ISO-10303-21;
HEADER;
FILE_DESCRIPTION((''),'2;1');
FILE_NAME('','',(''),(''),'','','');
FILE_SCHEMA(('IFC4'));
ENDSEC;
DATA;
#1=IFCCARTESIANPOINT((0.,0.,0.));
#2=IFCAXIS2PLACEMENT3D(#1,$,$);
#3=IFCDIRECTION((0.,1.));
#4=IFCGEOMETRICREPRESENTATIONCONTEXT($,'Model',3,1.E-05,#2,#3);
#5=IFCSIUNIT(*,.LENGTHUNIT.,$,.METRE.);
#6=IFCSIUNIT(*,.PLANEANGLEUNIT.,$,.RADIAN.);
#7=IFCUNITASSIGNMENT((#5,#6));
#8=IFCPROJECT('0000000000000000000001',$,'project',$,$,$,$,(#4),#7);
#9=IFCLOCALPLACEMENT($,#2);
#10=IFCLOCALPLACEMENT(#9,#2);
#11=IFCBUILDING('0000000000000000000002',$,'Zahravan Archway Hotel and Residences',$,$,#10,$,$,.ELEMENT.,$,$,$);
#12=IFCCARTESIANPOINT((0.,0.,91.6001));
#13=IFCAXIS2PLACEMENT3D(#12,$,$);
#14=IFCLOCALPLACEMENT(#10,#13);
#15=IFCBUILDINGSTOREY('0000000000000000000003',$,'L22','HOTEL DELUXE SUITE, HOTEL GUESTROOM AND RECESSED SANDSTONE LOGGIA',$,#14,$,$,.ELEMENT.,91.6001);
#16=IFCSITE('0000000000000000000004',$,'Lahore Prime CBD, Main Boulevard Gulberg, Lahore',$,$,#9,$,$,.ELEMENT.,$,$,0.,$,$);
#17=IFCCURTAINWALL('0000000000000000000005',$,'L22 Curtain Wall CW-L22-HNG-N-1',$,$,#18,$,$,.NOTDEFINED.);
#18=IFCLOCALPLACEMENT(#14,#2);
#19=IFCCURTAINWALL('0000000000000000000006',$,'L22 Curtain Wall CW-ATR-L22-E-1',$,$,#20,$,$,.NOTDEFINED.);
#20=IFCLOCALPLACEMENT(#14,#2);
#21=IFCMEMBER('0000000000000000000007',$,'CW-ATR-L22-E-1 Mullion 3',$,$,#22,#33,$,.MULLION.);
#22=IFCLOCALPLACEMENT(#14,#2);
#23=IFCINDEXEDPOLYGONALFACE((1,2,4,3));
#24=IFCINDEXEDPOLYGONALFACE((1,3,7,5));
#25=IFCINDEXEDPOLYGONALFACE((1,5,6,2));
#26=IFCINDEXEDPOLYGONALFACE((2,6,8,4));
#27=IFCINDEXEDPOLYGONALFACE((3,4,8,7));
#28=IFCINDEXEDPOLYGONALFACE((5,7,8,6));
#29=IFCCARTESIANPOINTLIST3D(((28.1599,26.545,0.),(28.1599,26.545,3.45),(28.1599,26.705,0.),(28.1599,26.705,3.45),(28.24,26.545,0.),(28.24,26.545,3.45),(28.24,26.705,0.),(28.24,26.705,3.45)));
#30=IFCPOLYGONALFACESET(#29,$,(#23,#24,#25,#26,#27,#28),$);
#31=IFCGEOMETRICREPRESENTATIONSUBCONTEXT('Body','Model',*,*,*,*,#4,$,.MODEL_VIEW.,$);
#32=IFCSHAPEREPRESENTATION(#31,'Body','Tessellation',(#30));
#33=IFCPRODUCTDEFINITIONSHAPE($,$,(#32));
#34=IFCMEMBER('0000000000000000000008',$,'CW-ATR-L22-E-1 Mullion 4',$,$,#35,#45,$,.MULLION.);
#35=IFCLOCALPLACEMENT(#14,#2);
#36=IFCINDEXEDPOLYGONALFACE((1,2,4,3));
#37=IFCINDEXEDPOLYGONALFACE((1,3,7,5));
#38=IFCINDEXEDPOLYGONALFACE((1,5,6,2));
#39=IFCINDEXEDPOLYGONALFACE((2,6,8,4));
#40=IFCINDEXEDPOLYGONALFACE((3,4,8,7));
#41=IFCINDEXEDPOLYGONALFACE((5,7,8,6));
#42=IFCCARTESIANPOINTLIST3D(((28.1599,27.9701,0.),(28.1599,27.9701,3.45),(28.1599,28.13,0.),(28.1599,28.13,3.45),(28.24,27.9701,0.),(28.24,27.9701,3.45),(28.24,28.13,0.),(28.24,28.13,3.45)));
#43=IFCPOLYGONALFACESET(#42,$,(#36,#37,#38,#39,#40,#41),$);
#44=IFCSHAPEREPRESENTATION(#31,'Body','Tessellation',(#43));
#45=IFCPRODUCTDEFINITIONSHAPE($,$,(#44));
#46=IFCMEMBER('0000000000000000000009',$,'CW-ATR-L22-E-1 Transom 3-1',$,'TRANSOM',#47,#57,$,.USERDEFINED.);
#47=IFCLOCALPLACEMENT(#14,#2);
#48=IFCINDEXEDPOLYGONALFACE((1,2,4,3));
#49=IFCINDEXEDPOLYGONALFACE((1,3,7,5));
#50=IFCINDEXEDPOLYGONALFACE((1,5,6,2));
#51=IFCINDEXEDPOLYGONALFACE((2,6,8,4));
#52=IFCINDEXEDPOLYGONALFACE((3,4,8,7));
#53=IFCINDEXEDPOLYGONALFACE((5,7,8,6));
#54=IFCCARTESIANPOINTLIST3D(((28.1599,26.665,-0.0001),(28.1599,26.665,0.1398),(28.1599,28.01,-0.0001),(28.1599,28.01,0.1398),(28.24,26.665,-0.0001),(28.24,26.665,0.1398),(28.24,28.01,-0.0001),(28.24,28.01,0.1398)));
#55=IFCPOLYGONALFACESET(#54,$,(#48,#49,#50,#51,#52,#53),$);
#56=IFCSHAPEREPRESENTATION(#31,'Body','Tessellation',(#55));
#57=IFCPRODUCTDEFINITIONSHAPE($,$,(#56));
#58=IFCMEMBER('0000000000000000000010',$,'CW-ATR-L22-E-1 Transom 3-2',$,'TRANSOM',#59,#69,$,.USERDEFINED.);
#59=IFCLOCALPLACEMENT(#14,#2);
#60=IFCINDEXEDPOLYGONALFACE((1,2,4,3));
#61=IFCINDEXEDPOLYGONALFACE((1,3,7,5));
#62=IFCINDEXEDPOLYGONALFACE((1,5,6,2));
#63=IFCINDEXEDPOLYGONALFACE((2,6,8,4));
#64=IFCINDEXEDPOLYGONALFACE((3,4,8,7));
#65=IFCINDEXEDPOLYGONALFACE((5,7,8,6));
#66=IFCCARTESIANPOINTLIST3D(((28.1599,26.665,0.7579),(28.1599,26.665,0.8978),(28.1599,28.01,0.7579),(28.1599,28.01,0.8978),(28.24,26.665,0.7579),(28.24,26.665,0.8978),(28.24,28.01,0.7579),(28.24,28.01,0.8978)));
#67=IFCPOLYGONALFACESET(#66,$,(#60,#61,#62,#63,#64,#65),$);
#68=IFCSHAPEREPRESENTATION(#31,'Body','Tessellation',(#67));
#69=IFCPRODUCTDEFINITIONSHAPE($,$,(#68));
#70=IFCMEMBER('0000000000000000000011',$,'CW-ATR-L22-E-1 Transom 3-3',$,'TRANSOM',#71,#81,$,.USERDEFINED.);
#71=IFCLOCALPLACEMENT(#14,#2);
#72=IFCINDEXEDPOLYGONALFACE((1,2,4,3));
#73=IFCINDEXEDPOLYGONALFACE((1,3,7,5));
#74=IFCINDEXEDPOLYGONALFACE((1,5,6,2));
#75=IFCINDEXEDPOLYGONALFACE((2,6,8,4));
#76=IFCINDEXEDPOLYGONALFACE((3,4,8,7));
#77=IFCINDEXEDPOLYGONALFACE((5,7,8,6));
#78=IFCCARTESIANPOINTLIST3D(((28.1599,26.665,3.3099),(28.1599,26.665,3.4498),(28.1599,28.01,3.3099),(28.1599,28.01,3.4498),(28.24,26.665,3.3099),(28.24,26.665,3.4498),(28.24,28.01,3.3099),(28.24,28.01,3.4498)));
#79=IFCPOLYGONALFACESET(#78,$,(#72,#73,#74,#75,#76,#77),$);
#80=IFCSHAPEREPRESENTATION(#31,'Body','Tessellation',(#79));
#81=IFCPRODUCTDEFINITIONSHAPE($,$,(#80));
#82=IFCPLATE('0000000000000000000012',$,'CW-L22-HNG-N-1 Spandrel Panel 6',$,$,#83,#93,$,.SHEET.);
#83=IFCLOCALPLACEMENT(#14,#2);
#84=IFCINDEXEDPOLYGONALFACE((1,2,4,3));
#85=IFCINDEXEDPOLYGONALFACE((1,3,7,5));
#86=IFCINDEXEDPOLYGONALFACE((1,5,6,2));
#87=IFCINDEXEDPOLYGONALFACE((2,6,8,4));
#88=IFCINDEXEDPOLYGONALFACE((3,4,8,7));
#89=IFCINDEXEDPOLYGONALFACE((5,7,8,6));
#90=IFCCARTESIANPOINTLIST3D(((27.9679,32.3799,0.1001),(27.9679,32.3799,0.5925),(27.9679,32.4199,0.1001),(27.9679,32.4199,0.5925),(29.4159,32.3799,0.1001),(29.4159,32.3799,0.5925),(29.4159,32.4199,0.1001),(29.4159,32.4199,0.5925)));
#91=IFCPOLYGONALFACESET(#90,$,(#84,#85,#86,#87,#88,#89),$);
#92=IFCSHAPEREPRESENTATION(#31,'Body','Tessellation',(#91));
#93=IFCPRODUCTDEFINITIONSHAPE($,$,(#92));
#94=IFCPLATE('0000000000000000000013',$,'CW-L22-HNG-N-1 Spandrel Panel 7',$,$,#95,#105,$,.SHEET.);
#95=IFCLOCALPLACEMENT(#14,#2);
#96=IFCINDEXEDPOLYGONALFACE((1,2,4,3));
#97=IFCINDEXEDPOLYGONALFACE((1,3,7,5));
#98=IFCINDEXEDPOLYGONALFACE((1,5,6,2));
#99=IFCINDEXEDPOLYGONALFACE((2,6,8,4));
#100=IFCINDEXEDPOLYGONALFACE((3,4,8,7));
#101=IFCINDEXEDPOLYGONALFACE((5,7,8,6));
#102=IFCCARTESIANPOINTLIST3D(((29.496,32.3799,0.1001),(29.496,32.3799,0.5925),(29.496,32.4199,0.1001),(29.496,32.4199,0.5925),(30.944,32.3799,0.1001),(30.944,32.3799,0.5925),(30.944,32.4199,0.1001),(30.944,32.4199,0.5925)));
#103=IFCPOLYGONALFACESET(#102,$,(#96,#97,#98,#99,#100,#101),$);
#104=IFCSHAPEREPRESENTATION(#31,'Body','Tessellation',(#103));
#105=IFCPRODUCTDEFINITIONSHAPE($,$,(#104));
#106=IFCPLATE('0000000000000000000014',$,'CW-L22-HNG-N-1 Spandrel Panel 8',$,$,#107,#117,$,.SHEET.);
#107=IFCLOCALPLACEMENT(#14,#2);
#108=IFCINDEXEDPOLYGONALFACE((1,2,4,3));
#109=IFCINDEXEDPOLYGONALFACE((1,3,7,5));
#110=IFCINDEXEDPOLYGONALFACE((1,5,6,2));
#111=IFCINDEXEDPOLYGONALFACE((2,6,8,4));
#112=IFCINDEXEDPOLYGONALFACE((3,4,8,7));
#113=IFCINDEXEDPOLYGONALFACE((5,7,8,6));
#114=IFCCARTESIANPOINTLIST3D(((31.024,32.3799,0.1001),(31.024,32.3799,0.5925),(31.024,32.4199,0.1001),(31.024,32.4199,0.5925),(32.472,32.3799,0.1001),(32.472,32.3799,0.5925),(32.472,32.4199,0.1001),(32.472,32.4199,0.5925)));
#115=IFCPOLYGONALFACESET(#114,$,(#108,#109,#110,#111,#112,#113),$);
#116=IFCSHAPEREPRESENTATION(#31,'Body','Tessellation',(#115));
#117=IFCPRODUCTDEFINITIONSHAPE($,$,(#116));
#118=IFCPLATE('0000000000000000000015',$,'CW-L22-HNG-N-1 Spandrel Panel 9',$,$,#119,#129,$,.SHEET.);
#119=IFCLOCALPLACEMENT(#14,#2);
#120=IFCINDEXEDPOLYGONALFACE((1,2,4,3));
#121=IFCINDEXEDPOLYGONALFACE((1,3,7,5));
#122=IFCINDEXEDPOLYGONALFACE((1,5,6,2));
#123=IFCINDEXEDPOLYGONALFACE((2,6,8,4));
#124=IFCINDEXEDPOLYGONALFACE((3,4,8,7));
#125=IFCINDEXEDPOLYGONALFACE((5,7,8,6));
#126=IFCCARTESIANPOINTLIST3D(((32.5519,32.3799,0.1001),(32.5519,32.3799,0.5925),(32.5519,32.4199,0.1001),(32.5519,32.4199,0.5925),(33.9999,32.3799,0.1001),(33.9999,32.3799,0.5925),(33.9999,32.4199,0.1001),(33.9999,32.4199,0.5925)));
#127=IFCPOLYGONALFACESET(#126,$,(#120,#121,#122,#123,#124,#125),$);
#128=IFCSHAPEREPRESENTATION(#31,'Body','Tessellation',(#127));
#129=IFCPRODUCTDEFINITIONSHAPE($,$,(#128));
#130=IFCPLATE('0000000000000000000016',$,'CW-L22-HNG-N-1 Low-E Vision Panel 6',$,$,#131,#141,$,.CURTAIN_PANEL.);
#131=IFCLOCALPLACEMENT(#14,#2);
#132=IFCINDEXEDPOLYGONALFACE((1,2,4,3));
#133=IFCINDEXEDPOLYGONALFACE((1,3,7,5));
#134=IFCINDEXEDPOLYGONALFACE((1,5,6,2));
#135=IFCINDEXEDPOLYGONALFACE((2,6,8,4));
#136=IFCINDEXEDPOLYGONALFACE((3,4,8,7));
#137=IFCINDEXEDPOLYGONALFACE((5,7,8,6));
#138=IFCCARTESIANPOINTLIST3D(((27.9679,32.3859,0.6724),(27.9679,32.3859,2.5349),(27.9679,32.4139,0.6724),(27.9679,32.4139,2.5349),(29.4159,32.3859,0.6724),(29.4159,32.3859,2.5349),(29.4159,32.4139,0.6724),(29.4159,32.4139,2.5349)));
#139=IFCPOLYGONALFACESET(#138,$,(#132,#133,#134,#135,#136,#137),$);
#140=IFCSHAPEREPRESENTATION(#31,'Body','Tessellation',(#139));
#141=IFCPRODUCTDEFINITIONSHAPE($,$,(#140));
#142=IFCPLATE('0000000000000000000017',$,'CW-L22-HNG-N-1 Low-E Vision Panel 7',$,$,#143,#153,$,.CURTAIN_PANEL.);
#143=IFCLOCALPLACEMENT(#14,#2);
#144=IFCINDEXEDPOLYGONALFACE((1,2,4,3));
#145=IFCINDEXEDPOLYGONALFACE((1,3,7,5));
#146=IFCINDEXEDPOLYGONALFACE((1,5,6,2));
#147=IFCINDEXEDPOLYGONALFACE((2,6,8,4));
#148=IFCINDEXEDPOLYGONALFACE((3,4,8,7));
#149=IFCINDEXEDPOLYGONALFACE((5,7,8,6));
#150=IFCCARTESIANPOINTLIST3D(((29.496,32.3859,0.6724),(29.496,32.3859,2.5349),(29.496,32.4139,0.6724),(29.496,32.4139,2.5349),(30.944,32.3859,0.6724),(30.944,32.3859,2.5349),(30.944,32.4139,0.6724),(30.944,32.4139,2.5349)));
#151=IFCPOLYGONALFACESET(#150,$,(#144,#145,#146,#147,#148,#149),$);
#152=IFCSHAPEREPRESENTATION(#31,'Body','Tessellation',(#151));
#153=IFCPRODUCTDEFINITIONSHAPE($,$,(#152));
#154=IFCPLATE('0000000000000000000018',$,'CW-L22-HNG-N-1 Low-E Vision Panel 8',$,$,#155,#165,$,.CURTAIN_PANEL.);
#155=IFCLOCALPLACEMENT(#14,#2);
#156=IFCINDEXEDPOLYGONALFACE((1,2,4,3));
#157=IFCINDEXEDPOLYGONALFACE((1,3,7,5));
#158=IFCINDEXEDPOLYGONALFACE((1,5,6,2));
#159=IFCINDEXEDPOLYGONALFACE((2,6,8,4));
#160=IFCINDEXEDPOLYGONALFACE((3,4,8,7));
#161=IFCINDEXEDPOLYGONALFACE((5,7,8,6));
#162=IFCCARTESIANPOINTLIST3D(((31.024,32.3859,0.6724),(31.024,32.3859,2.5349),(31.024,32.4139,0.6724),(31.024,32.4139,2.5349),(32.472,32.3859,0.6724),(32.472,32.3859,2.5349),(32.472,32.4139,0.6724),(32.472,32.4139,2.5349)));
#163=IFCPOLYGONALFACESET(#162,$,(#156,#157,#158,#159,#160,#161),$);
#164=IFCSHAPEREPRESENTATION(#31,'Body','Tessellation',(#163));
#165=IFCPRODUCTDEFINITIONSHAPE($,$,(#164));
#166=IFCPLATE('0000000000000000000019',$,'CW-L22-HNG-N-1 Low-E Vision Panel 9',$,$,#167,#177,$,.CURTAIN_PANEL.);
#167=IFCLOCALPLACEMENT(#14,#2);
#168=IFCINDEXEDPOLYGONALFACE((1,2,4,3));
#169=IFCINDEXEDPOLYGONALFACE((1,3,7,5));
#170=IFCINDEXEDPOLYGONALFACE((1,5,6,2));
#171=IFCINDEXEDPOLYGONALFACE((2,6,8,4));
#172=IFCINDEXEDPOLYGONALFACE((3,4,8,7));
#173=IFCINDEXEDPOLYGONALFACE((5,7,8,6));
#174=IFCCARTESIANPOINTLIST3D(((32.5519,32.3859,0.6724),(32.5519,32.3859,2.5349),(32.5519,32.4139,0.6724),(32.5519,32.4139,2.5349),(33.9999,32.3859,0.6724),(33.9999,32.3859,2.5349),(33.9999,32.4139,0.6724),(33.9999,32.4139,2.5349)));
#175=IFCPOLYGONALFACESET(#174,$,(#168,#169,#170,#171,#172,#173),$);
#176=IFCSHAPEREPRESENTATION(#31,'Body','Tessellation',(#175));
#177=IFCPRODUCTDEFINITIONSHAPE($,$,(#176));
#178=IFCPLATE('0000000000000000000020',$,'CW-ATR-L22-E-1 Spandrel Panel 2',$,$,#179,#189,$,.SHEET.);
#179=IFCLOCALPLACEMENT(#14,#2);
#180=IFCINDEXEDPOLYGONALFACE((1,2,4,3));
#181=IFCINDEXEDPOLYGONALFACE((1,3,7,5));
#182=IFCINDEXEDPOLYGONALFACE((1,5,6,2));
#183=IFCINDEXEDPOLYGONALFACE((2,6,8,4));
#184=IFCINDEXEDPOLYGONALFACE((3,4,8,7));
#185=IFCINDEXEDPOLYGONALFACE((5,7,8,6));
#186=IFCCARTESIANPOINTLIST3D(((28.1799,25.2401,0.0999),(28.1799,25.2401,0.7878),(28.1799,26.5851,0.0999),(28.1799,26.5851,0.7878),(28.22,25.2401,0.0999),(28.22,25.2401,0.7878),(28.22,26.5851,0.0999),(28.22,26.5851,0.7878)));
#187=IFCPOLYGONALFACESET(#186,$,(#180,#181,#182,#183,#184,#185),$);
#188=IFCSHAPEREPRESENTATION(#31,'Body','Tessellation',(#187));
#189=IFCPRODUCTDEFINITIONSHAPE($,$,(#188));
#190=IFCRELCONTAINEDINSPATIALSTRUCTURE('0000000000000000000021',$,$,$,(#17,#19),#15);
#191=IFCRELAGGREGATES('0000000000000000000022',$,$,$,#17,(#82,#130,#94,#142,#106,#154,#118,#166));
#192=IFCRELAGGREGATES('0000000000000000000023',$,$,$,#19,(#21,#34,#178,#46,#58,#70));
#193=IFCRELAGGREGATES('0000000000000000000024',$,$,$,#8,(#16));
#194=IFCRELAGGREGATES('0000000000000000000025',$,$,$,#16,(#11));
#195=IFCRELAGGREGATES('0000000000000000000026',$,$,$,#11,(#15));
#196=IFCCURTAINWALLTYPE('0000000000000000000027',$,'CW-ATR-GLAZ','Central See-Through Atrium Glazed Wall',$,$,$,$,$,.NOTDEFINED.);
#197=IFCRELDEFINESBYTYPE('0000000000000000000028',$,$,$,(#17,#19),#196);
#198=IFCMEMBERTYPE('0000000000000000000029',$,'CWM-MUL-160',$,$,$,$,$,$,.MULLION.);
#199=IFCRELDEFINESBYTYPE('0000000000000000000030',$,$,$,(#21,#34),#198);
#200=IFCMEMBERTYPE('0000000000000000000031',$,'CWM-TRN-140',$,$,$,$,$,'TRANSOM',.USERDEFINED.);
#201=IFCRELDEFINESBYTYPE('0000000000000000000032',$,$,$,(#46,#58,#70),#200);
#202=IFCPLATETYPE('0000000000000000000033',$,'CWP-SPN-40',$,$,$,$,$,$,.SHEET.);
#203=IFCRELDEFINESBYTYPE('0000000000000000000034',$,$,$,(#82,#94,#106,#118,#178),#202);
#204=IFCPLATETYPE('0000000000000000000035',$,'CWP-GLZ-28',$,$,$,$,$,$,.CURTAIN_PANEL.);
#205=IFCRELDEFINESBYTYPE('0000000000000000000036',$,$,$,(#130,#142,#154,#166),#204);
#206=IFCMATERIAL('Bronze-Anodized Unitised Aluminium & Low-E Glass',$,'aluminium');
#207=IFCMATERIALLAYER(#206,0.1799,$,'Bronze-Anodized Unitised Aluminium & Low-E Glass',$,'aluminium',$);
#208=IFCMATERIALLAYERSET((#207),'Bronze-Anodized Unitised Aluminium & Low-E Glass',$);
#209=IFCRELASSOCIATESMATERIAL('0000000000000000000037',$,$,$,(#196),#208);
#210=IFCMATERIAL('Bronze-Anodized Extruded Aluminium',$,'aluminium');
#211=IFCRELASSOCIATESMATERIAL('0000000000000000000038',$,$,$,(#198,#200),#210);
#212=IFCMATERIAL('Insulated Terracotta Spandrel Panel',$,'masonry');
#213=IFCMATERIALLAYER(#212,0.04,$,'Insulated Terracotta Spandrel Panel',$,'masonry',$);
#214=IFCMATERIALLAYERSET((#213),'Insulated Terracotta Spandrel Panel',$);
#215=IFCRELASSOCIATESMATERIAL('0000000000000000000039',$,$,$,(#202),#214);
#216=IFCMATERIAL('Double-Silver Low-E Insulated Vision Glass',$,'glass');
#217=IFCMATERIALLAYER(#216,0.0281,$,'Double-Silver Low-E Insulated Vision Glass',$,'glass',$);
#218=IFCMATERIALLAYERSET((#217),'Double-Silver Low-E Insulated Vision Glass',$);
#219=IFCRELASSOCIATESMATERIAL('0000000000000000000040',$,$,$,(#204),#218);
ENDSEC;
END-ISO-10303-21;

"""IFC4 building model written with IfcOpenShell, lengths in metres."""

from ifc_helpers import new_model, si_unit, direction, frame, origin, origin_2d, place, context, subcontext, project, spatial, rectangle, extrude, source, transform, mapped, material, layer, layer_set, material_profile, profile_set, type_object, element, aggregate, save


model = new_model("IFC4")

# Units and contexts
model_context = context("Model", 3, precision=1e-05, world=origin(), true_north=direction((0.0, 1.0)))
body_context = subcontext(model_context, "Body", "Model", "MODEL_VIEW")
ifc_project = project(units=[si_unit("LENGTHUNIT", "METRE"), si_unit("PLANEANGLEUNIT", "RADIAN")], contexts=[model_context])

# Site, building, storey
site_placement = place(None, origin())
site = spatial("IfcSite", under=ifc_project, at=site_placement, Name="Lahore Prime CBD, Main Boulevard Gulberg, Lahore", CompositionType="ELEMENT", RefElevation=0.0)
building_placement = place(site_placement, origin())
building = spatial("IfcBuilding", under=site, at=building_placement, Name="Zahravan Archway Hotel and Residences", CompositionType="ELEMENT")
storey_placement = place(building_placement, frame((0.0, 0.0, 91.6001)))
storey = spatial("IfcBuildingStorey", under=building, at=storey_placement, Name="L22", Description="HOTEL DELUXE SUITE, HOTEL GUESTROOM AND RECESSED SANDSTONE LOGGIA", CompositionType="ELEMENT", Elevation=91.6001)

# Curtain wall
ifc_material_1 = material(Name="Bronze-Anodized Unitised Aluminium & Low-E Glass", Category="aluminium")
ifc_layer_1 = layer(ifc_material_1, 0.1799, Name="Bronze-Anodized Unitised Aluminium & Low-E Glass", Category="aluminium")
ifc_layer_set_1 = layer_set([ifc_layer_1], Name="Bronze-Anodized Unitised Aluminium & Low-E Glass")
curtain_wall_type = type_object("IfcCurtainWallType", Name="CW-ATR-GLAZ", Description="Central See-Through Atrium Glazed Wall", PredefinedType="NOTDEFINED", material=ifc_layer_set_1)
curtain_wall_1_placement = place(storey_placement, origin())
curtain_wall_1 = element("IfcCurtainWall", 1, at=curtain_wall_1_placement, inside=storey, type_object=curtain_wall_type, Name="L22 Curtain Wall CW-L22-HNG-N-1", PredefinedType="NOTDEFINED")
ifc_material_2 = material(Name="Bronze-Anodized Extruded Aluminium", Category="aluminium")
ifc_material_profile_1 = material_profile(ifc_material_2, rectangle(XDim=0.0801, YDim=0.1599, at=origin_2d()), Name="MUL 80x160", Category="aluminium")
ifc_profile_set_1 = profile_set([ifc_material_profile_1], Name="Bronze-Anodized Extruded Aluminium")
member_type_1 = type_object("IfcMemberType", Name="CWM-MUL-160", PredefinedType="MULLION", material=ifc_profile_set_1)
ifc_material_profile_2 = material_profile(ifc_material_2, rectangle(XDim=0.0801, YDim=0.1399, at=origin_2d()), Name="TRN 80x140", Category="aluminium")
ifc_profile_set_2 = profile_set([ifc_material_profile_2], Name="Bronze-Anodized Extruded Aluminium")
member_type_2 = type_object("IfcMemberType", Name="CWM-TRN-140", ElementType="TRANSOM", PredefinedType="USERDEFINED", material=ifc_profile_set_2)

# Shared definitions
shared_shape_1 = source(origin(), body_context, "Body", "SweptSolid", [
    extrude(rectangle(XDim=0.0801, YDim=0.1599, at=origin_2d()), origin(), (0.0, 0.0, 1.0), 3.45),
])

# Curtain wall, members
curtain_wall_2_placement = place(storey_placement, origin())
curtain_wall_2 = element("IfcCurtainWall", 2, at=curtain_wall_2_placement, inside=storey, type_object=curtain_wall_type, Name="L22 Curtain Wall CW-ATR-L22-E-1", PredefinedType="NOTDEFINED")
member_1_placement = place(storey_placement, frame((28.2, 26.625, 0.0), z_axis=(0.0, 0.0, 1.0), x_axis=(1.0, 0.0, 0.0)))
member_1 = element("IfcMember", 3, at=member_1_placement, type_object=member_type_1, Name="CW-ATR-L22-E-1 Mullion 3", PredefinedType="MULLION", context=body_context, shape_type="MappedRepresentation", body=[
    mapped(shared_shape_1, transform((0.0, 0.0, 0.0), scale=1.0)),
])
member_2_placement = place(storey_placement, frame((28.2, 28.05, 0.0), z_axis=(0.0, 0.0, 1.0), x_axis=(1.0, 0.0, 0.0)))
member_2 = element("IfcMember", 4, at=member_2_placement, type_object=member_type_1, Name="CW-ATR-L22-E-1 Mullion 4", PredefinedType="MULLION", context=body_context, shape_type="MappedRepresentation", body=[
    mapped(shared_shape_1, transform((0.0, 0.0, 0.0), scale=1.0)),
])
shared_shape_2 = source(origin(), body_context, "Body", "SweptSolid", [
    extrude(rectangle(XDim=0.0801, YDim=0.1399, at=origin_2d()), origin(), (0.0, 0.0, 1.0), 1.345),
])
member_3_placement = place(storey_placement, frame((28.2, 26.665, 0.0698), z_axis=(0.0, 1.0, 0.0), x_axis=(-1.0, 0.0, 0.0)))
member_3 = element("IfcMember", 5, at=member_3_placement, type_object=member_type_2, Name="CW-ATR-L22-E-1 Transom 3-1", ObjectType="TRANSOM", PredefinedType="USERDEFINED", context=body_context, shape_type="MappedRepresentation", body=[
    mapped(shared_shape_2, transform((0.0, 0.0, 0.0), scale=1.0)),
])
member_4_placement = place(storey_placement, frame((28.2, 26.665, 0.8279), z_axis=(0.0, 1.0, 0.0), x_axis=(-1.0, 0.0, 0.0)))
member_4 = element("IfcMember", 6, at=member_4_placement, type_object=member_type_2, Name="CW-ATR-L22-E-1 Transom 3-2", ObjectType="TRANSOM", PredefinedType="USERDEFINED", context=body_context, shape_type="MappedRepresentation", body=[
    mapped(shared_shape_2, transform((0.0, 0.0, 0.0), scale=1.0)),
])
member_5_placement = place(storey_placement, frame((28.2, 26.665, 3.3799), z_axis=(0.0, 1.0, 0.0), x_axis=(-1.0, 0.0, 0.0)))
member_5 = element("IfcMember", 7, at=member_5_placement, type_object=member_type_2, Name="CW-ATR-L22-E-1 Transom 3-3", ObjectType="TRANSOM", PredefinedType="USERDEFINED", context=body_context, shape_type="MappedRepresentation", body=[
    mapped(shared_shape_2, transform((0.0, 0.0, 0.0), scale=1.0)),
])

# Plates
ifc_material_3 = material(Name="Insulated Terracotta Spandrel Panel", Category="masonry")
ifc_layer_2 = layer(ifc_material_3, 0.04, Name="Insulated Terracotta Spandrel Panel", Category="masonry")
ifc_layer_set_2 = layer_set([ifc_layer_2], Name="Insulated Terracotta Spandrel Panel")
plate_type_1 = type_object("IfcPlateType", Name="CWP-SPN-40", PredefinedType="SHEET", material=ifc_layer_set_2)
shared_shape_3 = source(origin(), body_context, "Body", "SweptSolid", [
    extrude(rectangle(XDim=1.448, YDim=0.04, at=origin_2d()), origin(), (0.0, 0.0, 1.0), 0.4924),
])
plate_1_placement = place(storey_placement, frame((28.6919, 32.3999, 0.1001), z_axis=(0.0, 0.0, 1.0), x_axis=(1.0, 0.0, 0.0)))
plate_1 = element("IfcPlate", 8, at=plate_1_placement, type_object=plate_type_1, Name="CW-L22-HNG-N-1 Spandrel Panel 6", PredefinedType="SHEET", context=body_context, shape_type="MappedRepresentation", body=[
    mapped(shared_shape_3, transform((0.0, 0.0, 0.0), scale=1.0)),
])
plate_2_placement = place(storey_placement, frame((30.22, 32.3999, 0.1001), z_axis=(0.0, 0.0, 1.0), x_axis=(1.0, 0.0, 0.0)))
plate_2 = element("IfcPlate", 9, at=plate_2_placement, type_object=plate_type_1, Name="CW-L22-HNG-N-1 Spandrel Panel 7", PredefinedType="SHEET", context=body_context, shape_type="MappedRepresentation", body=[
    mapped(shared_shape_3, transform((0.0, 0.0, 0.0), scale=1.0)),
])
plate_3_placement = place(storey_placement, frame((31.748, 32.3999, 0.1001), z_axis=(0.0, 0.0, 1.0), x_axis=(1.0, 0.0, 0.0)))
plate_3 = element("IfcPlate", 10, at=plate_3_placement, type_object=plate_type_1, Name="CW-L22-HNG-N-1 Spandrel Panel 8", PredefinedType="SHEET", context=body_context, shape_type="MappedRepresentation", body=[
    mapped(shared_shape_3, transform((0.0, 0.0, 0.0), scale=1.0)),
])
plate_4_placement = place(storey_placement, frame((33.2759, 32.3999, 0.1001), z_axis=(0.0, 0.0, 1.0), x_axis=(1.0, 0.0, 0.0)))
plate_4 = element("IfcPlate", 11, at=plate_4_placement, type_object=plate_type_1, Name="CW-L22-HNG-N-1 Spandrel Panel 9", PredefinedType="SHEET", context=body_context, shape_type="MappedRepresentation", body=[
    mapped(shared_shape_3, transform((0.0, 0.0, 0.0), scale=1.0)),
])
ifc_material_4 = material(Name="Double-Silver Low-E Insulated Vision Glass", Category="glass")
ifc_layer_3 = layer(ifc_material_4, 0.0281, Name="Double-Silver Low-E Insulated Vision Glass", Category="glass")
ifc_layer_set_3 = layer_set([ifc_layer_3], Name="Double-Silver Low-E Insulated Vision Glass")
plate_type_2 = type_object("IfcPlateType", Name="CWP-GLZ-28", PredefinedType="CURTAIN_PANEL", material=ifc_layer_set_3)
shared_shape_4 = source(origin(), body_context, "Body", "SweptSolid", [
    extrude(rectangle(XDim=1.448, YDim=0.0281, at=origin_2d()), origin(), (0.0, 0.0, 1.0), 1.8625),
])
plate_5_placement = place(storey_placement, frame((28.6919, 32.3999, 0.6724), z_axis=(0.0, 0.0, 1.0), x_axis=(1.0, 0.0, 0.0)))
plate_5 = element("IfcPlate", 12, at=plate_5_placement, type_object=plate_type_2, Name="CW-L22-HNG-N-1 Low-E Vision Panel 6", PredefinedType="CURTAIN_PANEL", context=body_context, shape_type="MappedRepresentation", body=[
    mapped(shared_shape_4, transform((0.0, 0.0, 0.0), scale=1.0)),
])
plate_6_placement = place(storey_placement, frame((30.22, 32.3999, 0.6724), z_axis=(0.0, 0.0, 1.0), x_axis=(1.0, 0.0, 0.0)))
plate_6 = element("IfcPlate", 13, at=plate_6_placement, type_object=plate_type_2, Name="CW-L22-HNG-N-1 Low-E Vision Panel 7", PredefinedType="CURTAIN_PANEL", context=body_context, shape_type="MappedRepresentation", body=[
    mapped(shared_shape_4, transform((0.0, 0.0, 0.0), scale=1.0)),
])
plate_7_placement = place(storey_placement, frame((31.748, 32.3999, 0.6724), z_axis=(0.0, 0.0, 1.0), x_axis=(1.0, 0.0, 0.0)))
plate_7 = element("IfcPlate", 14, at=plate_7_placement, type_object=plate_type_2, Name="CW-L22-HNG-N-1 Low-E Vision Panel 8", PredefinedType="CURTAIN_PANEL", context=body_context, shape_type="MappedRepresentation", body=[
    mapped(shared_shape_4, transform((0.0, 0.0, 0.0), scale=1.0)),
])
plate_8_placement = place(storey_placement, frame((33.2759, 32.3999, 0.6724), z_axis=(0.0, 0.0, 1.0), x_axis=(1.0, 0.0, 0.0)))
plate_8 = element("IfcPlate", 15, at=plate_8_placement, type_object=plate_type_2, Name="CW-L22-HNG-N-1 Low-E Vision Panel 9", PredefinedType="CURTAIN_PANEL", context=body_context, shape_type="MappedRepresentation", body=[
    mapped(shared_shape_4, transform((0.0, 0.0, 0.0), scale=1.0)),
])
aggregate(curtain_wall_1, [plate_1, plate_5, plate_2, plate_6, plate_3, plate_7, plate_4, plate_8])
shared_shape_5 = source(origin(), body_context, "Body", "SweptSolid", [
    extrude(rectangle(XDim=1.345, YDim=0.04, at=origin_2d()), origin(), (0.0, 0.0, 1.0), 0.688),
])
plate_9_placement = place(storey_placement, frame((28.2, 25.9126, 0.0999), z_axis=(0.0, 0.0, 1.0), x_axis=(0.0, 1.0, 0.0)))
plate_9 = element("IfcPlate", 16, at=plate_9_placement, type_object=plate_type_1, Name="CW-ATR-L22-E-1 Spandrel Panel 2", PredefinedType="SHEET", context=body_context, shape_type="MappedRepresentation", body=[
    mapped(shared_shape_5, transform((0.0, 0.0, 0.0), scale=1.0)),
])
aggregate(curtain_wall_2, [member_1, member_2, plate_9, member_3, member_4, member_5])

save(model, "model.ifc")
